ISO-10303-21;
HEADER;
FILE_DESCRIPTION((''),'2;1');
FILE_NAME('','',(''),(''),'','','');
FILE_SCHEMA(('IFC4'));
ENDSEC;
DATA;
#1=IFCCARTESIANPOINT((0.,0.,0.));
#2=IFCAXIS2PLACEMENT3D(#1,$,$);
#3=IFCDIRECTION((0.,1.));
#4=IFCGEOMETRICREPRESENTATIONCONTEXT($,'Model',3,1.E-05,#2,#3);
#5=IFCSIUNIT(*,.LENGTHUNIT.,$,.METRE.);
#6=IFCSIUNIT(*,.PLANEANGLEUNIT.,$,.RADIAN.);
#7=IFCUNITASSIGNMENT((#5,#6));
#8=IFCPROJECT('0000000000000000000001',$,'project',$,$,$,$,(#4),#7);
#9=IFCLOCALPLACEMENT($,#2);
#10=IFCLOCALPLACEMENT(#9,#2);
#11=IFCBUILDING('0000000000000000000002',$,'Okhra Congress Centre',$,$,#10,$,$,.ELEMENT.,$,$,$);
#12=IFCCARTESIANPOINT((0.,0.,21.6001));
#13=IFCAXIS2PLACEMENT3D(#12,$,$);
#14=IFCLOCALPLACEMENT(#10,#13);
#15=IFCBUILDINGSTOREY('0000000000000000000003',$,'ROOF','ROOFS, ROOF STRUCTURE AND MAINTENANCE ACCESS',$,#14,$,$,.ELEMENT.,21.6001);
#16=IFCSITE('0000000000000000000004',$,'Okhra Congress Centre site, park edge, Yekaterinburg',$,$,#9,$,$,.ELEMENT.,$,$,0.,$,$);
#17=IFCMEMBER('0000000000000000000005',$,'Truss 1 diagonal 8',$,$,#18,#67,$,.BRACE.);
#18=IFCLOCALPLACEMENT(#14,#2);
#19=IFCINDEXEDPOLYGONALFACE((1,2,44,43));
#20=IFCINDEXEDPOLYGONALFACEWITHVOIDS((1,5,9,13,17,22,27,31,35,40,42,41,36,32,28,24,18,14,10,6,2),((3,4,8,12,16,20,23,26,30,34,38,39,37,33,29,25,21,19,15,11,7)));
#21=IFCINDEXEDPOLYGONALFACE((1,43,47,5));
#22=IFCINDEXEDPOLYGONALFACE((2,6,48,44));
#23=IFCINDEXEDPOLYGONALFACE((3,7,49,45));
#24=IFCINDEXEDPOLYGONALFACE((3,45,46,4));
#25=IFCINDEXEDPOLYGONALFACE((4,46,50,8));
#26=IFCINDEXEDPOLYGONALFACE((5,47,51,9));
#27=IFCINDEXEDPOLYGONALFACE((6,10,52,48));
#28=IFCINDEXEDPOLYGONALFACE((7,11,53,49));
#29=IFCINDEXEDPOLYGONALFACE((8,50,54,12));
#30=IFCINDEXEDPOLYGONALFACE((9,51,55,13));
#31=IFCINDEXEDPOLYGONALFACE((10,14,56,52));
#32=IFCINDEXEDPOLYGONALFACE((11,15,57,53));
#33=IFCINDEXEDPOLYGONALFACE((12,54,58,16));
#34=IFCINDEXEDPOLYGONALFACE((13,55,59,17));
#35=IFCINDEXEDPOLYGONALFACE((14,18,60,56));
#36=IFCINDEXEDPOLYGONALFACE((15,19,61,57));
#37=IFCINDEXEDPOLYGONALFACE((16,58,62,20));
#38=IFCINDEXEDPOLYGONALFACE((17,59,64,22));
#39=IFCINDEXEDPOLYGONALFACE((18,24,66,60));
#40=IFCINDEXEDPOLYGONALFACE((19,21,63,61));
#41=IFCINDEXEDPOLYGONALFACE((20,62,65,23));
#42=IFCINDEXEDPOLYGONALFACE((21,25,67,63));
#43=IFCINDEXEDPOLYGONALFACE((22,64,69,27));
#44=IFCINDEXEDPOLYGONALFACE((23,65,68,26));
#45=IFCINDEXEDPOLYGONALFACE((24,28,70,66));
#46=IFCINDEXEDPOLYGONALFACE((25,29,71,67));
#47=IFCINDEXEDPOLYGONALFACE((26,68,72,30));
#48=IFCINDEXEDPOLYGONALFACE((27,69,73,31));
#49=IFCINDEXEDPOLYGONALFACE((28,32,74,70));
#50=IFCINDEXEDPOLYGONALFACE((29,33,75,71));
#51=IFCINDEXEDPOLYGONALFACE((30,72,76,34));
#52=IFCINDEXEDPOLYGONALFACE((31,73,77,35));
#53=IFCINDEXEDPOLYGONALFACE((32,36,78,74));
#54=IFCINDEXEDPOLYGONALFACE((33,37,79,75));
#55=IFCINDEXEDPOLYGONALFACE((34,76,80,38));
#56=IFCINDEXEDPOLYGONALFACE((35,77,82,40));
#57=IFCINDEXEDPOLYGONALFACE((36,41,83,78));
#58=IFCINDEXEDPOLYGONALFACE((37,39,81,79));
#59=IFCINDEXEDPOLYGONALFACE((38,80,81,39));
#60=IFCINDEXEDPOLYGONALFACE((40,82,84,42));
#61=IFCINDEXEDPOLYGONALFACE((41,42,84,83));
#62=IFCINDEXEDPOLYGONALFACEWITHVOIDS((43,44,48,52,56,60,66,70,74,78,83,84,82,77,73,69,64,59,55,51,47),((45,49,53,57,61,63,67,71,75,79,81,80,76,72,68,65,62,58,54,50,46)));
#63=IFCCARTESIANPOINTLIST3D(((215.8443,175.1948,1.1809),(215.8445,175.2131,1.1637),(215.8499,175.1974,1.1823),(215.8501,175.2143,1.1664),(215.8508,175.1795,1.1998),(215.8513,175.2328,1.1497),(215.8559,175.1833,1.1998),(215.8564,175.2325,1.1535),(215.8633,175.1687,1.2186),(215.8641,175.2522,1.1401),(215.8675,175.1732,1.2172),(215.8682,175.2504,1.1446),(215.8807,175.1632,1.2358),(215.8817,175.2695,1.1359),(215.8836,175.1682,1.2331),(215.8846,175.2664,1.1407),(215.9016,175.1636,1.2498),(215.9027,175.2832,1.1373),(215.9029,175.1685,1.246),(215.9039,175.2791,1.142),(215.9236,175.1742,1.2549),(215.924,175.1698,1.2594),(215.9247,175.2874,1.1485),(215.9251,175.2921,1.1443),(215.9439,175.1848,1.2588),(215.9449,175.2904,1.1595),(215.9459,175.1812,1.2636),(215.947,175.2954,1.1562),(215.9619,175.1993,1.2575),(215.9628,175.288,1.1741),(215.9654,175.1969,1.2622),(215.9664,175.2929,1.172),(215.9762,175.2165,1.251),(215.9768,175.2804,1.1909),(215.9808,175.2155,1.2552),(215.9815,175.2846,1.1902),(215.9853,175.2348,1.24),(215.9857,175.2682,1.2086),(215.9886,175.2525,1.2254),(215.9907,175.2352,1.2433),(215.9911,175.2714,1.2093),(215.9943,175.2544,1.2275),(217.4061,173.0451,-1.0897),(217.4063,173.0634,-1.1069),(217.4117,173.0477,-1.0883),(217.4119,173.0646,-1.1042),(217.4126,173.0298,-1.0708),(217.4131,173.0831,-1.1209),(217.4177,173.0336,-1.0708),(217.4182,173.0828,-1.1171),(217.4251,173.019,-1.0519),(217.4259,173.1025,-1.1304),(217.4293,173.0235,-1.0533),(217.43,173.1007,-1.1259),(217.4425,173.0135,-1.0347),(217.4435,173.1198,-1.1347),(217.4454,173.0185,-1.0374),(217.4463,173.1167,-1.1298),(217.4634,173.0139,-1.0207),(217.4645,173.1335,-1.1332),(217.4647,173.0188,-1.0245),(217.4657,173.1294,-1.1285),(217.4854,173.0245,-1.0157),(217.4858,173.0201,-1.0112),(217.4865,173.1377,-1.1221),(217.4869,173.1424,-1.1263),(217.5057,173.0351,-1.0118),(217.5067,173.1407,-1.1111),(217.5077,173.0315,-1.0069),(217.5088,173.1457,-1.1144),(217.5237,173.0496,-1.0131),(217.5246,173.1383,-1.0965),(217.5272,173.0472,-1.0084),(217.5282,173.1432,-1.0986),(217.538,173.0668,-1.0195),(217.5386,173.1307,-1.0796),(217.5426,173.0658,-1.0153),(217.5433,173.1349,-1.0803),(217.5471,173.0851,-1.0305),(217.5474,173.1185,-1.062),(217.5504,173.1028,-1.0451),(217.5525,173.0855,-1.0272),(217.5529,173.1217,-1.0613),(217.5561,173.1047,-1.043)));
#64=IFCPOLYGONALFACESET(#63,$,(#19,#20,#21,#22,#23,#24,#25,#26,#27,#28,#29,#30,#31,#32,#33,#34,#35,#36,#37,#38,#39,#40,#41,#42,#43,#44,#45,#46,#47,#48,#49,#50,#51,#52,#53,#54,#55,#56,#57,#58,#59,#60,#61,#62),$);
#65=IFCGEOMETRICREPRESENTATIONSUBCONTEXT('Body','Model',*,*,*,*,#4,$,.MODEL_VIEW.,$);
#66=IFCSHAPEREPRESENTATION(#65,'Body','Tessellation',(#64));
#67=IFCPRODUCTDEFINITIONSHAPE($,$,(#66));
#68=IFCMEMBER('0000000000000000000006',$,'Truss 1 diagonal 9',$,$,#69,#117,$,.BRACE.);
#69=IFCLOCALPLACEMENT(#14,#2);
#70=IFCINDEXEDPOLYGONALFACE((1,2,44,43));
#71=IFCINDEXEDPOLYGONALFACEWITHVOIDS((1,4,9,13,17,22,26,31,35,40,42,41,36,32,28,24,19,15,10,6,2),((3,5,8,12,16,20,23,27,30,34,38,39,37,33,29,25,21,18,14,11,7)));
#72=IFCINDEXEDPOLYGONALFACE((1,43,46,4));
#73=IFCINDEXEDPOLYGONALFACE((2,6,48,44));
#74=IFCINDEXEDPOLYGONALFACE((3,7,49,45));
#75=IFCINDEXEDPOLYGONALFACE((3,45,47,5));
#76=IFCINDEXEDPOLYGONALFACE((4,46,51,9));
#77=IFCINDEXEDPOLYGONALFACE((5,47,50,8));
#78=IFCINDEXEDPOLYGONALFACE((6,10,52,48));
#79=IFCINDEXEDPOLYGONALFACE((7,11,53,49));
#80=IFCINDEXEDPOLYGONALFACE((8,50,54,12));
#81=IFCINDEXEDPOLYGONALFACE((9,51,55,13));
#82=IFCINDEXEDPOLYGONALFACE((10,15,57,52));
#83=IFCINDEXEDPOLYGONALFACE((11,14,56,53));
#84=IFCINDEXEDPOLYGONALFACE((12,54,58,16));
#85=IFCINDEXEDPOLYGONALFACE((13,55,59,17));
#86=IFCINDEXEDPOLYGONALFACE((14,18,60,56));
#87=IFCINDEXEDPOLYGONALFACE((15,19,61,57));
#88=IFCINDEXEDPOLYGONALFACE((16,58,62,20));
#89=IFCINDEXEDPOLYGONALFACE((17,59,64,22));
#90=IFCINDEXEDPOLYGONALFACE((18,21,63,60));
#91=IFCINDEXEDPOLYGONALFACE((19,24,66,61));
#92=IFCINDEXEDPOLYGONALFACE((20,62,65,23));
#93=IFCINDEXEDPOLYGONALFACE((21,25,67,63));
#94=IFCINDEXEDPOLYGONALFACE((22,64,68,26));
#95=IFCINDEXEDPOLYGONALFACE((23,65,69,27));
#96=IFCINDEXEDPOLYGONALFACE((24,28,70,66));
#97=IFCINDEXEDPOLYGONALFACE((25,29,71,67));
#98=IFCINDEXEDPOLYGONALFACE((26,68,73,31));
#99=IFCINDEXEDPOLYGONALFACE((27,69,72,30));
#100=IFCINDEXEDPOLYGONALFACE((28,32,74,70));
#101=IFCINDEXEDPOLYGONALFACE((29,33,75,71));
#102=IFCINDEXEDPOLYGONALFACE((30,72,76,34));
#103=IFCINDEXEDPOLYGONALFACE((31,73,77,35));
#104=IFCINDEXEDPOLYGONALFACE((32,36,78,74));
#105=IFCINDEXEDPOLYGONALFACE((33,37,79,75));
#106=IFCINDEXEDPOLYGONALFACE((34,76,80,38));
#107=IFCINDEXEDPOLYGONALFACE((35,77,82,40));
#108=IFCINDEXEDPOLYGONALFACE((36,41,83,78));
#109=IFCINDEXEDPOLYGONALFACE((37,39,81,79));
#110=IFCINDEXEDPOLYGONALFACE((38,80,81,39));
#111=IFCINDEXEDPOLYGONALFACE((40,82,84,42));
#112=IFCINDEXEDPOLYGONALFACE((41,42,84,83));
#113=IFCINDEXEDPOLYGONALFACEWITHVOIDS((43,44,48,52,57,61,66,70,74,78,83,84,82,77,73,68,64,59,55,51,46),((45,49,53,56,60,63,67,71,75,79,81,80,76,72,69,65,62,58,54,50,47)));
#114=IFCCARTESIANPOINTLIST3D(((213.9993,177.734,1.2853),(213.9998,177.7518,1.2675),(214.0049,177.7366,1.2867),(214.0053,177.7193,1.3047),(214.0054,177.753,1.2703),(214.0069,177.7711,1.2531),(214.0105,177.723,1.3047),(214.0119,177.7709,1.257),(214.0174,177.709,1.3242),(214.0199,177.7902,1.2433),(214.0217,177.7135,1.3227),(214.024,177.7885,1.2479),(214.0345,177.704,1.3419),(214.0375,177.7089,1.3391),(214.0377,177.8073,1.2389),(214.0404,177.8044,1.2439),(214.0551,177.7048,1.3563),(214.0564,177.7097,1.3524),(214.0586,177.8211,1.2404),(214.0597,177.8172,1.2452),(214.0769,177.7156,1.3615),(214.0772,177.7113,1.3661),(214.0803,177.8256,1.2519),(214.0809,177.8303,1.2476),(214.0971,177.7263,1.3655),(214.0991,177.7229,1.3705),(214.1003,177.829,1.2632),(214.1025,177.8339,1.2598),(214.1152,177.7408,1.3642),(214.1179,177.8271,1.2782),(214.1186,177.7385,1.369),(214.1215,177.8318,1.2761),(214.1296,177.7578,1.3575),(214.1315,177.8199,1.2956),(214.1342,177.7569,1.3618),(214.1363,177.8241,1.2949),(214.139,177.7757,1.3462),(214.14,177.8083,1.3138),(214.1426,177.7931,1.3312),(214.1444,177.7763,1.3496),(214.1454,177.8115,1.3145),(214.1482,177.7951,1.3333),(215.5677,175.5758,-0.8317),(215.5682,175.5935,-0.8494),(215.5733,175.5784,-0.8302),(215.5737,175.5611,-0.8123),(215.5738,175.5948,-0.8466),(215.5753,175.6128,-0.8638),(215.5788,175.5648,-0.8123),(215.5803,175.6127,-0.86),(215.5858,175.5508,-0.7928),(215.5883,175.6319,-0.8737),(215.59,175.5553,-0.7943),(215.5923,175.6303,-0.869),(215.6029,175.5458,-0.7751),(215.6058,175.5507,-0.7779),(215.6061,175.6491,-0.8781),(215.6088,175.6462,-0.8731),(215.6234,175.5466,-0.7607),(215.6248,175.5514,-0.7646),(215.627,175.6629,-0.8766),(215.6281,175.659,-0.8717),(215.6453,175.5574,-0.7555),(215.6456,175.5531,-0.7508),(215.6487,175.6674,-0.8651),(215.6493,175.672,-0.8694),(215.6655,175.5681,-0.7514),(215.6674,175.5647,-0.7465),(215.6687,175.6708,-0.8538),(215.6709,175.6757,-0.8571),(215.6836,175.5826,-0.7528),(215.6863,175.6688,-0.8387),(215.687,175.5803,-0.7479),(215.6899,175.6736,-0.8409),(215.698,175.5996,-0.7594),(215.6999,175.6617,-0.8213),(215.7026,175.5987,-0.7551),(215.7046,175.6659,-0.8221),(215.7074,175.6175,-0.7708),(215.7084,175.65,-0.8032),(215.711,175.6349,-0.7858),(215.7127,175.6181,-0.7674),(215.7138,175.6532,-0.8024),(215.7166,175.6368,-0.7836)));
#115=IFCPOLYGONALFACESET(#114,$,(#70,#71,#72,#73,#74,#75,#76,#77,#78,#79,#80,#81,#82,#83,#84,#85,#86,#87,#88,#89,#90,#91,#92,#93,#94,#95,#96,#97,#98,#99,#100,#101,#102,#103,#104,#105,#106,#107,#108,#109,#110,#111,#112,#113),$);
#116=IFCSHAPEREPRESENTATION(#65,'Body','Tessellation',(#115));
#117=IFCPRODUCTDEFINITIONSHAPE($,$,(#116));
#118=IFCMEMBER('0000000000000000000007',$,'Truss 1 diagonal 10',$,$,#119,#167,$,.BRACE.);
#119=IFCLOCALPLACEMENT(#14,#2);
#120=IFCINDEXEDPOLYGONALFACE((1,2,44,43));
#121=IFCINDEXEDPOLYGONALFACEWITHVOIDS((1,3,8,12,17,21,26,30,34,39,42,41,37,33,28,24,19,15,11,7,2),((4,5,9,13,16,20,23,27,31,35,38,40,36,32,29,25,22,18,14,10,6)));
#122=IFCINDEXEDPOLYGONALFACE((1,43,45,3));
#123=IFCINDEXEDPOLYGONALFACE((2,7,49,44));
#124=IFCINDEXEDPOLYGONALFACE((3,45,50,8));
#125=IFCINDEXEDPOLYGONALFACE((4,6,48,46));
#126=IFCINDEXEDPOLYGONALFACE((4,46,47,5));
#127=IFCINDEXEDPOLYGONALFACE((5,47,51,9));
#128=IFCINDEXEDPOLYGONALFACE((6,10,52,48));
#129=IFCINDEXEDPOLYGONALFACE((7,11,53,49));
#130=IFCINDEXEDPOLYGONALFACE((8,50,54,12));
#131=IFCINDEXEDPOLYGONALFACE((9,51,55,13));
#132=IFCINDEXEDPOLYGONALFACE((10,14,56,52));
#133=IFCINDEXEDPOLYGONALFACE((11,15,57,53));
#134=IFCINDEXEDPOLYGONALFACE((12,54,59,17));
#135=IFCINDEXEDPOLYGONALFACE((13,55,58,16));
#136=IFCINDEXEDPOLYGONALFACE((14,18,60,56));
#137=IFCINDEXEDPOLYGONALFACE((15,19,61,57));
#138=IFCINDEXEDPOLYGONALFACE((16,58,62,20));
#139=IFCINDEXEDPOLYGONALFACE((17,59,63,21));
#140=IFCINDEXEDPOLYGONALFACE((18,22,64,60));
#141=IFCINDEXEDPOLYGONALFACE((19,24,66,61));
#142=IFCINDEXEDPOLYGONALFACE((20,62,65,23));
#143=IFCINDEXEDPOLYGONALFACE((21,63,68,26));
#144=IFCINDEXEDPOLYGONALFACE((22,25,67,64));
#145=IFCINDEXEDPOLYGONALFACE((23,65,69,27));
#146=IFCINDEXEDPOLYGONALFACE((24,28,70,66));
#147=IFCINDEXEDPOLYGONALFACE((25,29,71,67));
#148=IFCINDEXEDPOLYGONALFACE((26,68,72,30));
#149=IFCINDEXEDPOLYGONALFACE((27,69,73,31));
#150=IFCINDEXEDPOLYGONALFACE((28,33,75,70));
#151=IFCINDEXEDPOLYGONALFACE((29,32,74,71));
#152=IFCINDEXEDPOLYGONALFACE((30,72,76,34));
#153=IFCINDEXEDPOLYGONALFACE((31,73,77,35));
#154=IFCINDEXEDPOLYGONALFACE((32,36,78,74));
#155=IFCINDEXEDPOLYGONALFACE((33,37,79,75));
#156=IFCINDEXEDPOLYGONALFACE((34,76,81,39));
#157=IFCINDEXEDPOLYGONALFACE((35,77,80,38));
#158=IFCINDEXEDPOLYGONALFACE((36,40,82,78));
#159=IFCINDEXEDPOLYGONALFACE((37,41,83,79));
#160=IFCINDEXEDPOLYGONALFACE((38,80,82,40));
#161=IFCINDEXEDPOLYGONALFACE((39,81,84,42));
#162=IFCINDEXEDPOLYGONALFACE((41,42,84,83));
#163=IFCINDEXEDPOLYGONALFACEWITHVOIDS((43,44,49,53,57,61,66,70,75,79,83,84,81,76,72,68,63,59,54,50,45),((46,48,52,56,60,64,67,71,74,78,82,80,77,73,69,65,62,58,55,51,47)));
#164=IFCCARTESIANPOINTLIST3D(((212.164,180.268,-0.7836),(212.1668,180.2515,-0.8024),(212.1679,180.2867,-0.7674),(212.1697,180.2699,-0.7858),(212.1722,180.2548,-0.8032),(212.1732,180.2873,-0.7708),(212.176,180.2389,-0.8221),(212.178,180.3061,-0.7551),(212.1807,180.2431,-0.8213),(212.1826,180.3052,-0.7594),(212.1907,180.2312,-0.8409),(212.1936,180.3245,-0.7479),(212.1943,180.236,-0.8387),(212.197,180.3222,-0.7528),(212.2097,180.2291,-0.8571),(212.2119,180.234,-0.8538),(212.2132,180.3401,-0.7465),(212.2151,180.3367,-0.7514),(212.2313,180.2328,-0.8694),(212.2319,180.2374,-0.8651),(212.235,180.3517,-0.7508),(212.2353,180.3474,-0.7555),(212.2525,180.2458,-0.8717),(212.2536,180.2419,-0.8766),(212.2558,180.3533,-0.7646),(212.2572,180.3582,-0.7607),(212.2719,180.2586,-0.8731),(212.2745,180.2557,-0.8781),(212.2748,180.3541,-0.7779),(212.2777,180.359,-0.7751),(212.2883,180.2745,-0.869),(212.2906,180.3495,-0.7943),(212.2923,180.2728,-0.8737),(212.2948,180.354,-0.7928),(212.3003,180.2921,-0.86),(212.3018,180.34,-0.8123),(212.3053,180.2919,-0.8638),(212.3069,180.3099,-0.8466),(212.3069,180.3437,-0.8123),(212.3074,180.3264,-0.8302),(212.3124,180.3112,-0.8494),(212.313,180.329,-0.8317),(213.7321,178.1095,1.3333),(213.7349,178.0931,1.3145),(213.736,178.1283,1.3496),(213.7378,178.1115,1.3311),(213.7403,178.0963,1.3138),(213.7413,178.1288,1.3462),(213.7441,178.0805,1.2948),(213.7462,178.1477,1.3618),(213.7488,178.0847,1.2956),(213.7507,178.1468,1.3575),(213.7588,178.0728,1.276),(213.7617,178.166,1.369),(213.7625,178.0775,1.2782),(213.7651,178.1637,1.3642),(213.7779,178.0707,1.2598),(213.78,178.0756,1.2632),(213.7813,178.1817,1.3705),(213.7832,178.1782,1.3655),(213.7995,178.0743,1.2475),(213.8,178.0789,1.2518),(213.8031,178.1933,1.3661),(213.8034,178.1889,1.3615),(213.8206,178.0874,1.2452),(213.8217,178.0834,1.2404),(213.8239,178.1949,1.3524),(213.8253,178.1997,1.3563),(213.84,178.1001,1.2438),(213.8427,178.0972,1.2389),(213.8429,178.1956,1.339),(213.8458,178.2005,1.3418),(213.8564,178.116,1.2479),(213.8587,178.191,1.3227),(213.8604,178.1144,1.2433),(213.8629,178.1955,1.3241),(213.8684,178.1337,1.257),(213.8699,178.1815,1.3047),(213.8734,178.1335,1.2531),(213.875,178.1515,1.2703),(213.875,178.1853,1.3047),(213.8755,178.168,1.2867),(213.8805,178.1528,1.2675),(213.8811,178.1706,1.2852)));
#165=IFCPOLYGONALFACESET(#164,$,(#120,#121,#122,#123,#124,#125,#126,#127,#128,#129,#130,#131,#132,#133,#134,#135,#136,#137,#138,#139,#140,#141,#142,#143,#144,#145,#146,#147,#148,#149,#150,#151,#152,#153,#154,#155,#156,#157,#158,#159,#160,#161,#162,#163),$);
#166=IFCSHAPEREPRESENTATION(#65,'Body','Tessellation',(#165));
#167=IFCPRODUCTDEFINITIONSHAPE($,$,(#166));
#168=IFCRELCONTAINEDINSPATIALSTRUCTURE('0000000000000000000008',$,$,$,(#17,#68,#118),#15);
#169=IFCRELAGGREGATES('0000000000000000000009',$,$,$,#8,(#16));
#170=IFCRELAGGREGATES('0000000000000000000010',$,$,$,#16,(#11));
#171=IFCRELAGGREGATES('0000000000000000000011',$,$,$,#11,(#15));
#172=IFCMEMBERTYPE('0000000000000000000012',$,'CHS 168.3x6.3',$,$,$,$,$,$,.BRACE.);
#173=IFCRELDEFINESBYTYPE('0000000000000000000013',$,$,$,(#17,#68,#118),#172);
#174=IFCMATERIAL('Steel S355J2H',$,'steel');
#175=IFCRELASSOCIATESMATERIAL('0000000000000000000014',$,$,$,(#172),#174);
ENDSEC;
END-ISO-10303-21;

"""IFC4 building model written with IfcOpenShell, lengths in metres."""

from ifc_helpers import new_model, si_unit, direction, frame, origin, origin_2d, place, context, subcontext, project, spatial, hollow_circle, extrude, material, material_profile, profile_set, type_object, element, save


model = new_model("IFC4")

# Units and contexts
model_context = context("Model", 3, precision=1e-05, world=origin(), true_north=direction((0.0, 1.0)))
body_context = subcontext(model_context, "Body", "Model", "MODEL_VIEW")
ifc_project = project(units=[si_unit("LENGTHUNIT", "METRE"), si_unit("PLANEANGLEUNIT", "RADIAN")], contexts=[model_context])

# Site, building, storey
site_placement = place(None, origin())
site = spatial("IfcSite", under=ifc_project, at=site_placement, Name="Okhra Congress Centre site, park edge, Yekaterinburg", CompositionType="ELEMENT", RefElevation=0.0)
building_placement = place(site_placement, origin())
building = spatial("IfcBuilding", under=site, at=building_placement, Name="Okhra Congress Centre", CompositionType="ELEMENT")
storey_placement = place(building_placement, frame((0.0, 0.0, 21.6001)))
storey = spatial("IfcBuildingStorey", under=building, at=storey_placement, Name="ROOF", Description="ROOFS, ROOF STRUCTURE AND MAINTENANCE ACCESS", CompositionType="ELEMENT", Elevation=21.6001)

# Members
ifc_material_1 = material(Name="Steel S355J2H", Category="steel")
ifc_material_profile_1 = material_profile(ifc_material_1, hollow_circle(Radius=0.0842, WallThickness=0.0063, at=origin_2d()), Name="CHS 168.3x6.3")
ifc_profile_set_1 = profile_set([ifc_material_profile_1], Name="Steel S355J2H")
member_type_1 = type_object("IfcMemberType", Name="CHS 168.3x6.3", PredefinedType="BRACE", material=ifc_profile_set_1)
member_1_placement = place(storey_placement, frame((217.4807, 173.0793, -1.0708), z_axis=(-0.446852, 0.615058, 0.649636), x_axis=(-0.809026, -0.587773, 0.0)))
element("IfcMember", 1, at=member_1_placement, inside=storey, type_object=member_type_1, Name="Truss 1 diagonal 8", PredefinedType="BRACE", context=body_context, shape_type="SweptSolid", body=[
    extrude(hollow_circle(Radius=0.0842, WallThickness=0.0063, at=origin_2d()), origin(), (0.0, 0.0, 1.0), 3.4951),
])
for number, where, z_axis, x_axis, name in (
    (2, (215.6418, 175.6106, -0.8123), (-0.460505, 0.633696, 0.621582), (-0.808958, -0.587867, 0.0), "Truss 1 diagonal 9"),
    (3, (212.2388, 180.2942, -0.8123), (0.460428, -0.63376, 0.621574), (0.809033, 0.587764, 0.0), "Truss 1 diagonal 10"),
):
    element("IfcMember", number, at=place(storey_placement, frame(where, z_axis=z_axis, x_axis=x_axis)), inside=storey, type_object=member_type_1, Name=name, PredefinedType="BRACE", context=body_context, shape_type="SweptSolid", body=[
        extrude(hollow_circle(Radius=0.0842, WallThickness=0.0063, at=origin_2d()), origin(), (0.0, 0.0, 1.0), 3.4058),
    ])

save(model, "model.ifc")
